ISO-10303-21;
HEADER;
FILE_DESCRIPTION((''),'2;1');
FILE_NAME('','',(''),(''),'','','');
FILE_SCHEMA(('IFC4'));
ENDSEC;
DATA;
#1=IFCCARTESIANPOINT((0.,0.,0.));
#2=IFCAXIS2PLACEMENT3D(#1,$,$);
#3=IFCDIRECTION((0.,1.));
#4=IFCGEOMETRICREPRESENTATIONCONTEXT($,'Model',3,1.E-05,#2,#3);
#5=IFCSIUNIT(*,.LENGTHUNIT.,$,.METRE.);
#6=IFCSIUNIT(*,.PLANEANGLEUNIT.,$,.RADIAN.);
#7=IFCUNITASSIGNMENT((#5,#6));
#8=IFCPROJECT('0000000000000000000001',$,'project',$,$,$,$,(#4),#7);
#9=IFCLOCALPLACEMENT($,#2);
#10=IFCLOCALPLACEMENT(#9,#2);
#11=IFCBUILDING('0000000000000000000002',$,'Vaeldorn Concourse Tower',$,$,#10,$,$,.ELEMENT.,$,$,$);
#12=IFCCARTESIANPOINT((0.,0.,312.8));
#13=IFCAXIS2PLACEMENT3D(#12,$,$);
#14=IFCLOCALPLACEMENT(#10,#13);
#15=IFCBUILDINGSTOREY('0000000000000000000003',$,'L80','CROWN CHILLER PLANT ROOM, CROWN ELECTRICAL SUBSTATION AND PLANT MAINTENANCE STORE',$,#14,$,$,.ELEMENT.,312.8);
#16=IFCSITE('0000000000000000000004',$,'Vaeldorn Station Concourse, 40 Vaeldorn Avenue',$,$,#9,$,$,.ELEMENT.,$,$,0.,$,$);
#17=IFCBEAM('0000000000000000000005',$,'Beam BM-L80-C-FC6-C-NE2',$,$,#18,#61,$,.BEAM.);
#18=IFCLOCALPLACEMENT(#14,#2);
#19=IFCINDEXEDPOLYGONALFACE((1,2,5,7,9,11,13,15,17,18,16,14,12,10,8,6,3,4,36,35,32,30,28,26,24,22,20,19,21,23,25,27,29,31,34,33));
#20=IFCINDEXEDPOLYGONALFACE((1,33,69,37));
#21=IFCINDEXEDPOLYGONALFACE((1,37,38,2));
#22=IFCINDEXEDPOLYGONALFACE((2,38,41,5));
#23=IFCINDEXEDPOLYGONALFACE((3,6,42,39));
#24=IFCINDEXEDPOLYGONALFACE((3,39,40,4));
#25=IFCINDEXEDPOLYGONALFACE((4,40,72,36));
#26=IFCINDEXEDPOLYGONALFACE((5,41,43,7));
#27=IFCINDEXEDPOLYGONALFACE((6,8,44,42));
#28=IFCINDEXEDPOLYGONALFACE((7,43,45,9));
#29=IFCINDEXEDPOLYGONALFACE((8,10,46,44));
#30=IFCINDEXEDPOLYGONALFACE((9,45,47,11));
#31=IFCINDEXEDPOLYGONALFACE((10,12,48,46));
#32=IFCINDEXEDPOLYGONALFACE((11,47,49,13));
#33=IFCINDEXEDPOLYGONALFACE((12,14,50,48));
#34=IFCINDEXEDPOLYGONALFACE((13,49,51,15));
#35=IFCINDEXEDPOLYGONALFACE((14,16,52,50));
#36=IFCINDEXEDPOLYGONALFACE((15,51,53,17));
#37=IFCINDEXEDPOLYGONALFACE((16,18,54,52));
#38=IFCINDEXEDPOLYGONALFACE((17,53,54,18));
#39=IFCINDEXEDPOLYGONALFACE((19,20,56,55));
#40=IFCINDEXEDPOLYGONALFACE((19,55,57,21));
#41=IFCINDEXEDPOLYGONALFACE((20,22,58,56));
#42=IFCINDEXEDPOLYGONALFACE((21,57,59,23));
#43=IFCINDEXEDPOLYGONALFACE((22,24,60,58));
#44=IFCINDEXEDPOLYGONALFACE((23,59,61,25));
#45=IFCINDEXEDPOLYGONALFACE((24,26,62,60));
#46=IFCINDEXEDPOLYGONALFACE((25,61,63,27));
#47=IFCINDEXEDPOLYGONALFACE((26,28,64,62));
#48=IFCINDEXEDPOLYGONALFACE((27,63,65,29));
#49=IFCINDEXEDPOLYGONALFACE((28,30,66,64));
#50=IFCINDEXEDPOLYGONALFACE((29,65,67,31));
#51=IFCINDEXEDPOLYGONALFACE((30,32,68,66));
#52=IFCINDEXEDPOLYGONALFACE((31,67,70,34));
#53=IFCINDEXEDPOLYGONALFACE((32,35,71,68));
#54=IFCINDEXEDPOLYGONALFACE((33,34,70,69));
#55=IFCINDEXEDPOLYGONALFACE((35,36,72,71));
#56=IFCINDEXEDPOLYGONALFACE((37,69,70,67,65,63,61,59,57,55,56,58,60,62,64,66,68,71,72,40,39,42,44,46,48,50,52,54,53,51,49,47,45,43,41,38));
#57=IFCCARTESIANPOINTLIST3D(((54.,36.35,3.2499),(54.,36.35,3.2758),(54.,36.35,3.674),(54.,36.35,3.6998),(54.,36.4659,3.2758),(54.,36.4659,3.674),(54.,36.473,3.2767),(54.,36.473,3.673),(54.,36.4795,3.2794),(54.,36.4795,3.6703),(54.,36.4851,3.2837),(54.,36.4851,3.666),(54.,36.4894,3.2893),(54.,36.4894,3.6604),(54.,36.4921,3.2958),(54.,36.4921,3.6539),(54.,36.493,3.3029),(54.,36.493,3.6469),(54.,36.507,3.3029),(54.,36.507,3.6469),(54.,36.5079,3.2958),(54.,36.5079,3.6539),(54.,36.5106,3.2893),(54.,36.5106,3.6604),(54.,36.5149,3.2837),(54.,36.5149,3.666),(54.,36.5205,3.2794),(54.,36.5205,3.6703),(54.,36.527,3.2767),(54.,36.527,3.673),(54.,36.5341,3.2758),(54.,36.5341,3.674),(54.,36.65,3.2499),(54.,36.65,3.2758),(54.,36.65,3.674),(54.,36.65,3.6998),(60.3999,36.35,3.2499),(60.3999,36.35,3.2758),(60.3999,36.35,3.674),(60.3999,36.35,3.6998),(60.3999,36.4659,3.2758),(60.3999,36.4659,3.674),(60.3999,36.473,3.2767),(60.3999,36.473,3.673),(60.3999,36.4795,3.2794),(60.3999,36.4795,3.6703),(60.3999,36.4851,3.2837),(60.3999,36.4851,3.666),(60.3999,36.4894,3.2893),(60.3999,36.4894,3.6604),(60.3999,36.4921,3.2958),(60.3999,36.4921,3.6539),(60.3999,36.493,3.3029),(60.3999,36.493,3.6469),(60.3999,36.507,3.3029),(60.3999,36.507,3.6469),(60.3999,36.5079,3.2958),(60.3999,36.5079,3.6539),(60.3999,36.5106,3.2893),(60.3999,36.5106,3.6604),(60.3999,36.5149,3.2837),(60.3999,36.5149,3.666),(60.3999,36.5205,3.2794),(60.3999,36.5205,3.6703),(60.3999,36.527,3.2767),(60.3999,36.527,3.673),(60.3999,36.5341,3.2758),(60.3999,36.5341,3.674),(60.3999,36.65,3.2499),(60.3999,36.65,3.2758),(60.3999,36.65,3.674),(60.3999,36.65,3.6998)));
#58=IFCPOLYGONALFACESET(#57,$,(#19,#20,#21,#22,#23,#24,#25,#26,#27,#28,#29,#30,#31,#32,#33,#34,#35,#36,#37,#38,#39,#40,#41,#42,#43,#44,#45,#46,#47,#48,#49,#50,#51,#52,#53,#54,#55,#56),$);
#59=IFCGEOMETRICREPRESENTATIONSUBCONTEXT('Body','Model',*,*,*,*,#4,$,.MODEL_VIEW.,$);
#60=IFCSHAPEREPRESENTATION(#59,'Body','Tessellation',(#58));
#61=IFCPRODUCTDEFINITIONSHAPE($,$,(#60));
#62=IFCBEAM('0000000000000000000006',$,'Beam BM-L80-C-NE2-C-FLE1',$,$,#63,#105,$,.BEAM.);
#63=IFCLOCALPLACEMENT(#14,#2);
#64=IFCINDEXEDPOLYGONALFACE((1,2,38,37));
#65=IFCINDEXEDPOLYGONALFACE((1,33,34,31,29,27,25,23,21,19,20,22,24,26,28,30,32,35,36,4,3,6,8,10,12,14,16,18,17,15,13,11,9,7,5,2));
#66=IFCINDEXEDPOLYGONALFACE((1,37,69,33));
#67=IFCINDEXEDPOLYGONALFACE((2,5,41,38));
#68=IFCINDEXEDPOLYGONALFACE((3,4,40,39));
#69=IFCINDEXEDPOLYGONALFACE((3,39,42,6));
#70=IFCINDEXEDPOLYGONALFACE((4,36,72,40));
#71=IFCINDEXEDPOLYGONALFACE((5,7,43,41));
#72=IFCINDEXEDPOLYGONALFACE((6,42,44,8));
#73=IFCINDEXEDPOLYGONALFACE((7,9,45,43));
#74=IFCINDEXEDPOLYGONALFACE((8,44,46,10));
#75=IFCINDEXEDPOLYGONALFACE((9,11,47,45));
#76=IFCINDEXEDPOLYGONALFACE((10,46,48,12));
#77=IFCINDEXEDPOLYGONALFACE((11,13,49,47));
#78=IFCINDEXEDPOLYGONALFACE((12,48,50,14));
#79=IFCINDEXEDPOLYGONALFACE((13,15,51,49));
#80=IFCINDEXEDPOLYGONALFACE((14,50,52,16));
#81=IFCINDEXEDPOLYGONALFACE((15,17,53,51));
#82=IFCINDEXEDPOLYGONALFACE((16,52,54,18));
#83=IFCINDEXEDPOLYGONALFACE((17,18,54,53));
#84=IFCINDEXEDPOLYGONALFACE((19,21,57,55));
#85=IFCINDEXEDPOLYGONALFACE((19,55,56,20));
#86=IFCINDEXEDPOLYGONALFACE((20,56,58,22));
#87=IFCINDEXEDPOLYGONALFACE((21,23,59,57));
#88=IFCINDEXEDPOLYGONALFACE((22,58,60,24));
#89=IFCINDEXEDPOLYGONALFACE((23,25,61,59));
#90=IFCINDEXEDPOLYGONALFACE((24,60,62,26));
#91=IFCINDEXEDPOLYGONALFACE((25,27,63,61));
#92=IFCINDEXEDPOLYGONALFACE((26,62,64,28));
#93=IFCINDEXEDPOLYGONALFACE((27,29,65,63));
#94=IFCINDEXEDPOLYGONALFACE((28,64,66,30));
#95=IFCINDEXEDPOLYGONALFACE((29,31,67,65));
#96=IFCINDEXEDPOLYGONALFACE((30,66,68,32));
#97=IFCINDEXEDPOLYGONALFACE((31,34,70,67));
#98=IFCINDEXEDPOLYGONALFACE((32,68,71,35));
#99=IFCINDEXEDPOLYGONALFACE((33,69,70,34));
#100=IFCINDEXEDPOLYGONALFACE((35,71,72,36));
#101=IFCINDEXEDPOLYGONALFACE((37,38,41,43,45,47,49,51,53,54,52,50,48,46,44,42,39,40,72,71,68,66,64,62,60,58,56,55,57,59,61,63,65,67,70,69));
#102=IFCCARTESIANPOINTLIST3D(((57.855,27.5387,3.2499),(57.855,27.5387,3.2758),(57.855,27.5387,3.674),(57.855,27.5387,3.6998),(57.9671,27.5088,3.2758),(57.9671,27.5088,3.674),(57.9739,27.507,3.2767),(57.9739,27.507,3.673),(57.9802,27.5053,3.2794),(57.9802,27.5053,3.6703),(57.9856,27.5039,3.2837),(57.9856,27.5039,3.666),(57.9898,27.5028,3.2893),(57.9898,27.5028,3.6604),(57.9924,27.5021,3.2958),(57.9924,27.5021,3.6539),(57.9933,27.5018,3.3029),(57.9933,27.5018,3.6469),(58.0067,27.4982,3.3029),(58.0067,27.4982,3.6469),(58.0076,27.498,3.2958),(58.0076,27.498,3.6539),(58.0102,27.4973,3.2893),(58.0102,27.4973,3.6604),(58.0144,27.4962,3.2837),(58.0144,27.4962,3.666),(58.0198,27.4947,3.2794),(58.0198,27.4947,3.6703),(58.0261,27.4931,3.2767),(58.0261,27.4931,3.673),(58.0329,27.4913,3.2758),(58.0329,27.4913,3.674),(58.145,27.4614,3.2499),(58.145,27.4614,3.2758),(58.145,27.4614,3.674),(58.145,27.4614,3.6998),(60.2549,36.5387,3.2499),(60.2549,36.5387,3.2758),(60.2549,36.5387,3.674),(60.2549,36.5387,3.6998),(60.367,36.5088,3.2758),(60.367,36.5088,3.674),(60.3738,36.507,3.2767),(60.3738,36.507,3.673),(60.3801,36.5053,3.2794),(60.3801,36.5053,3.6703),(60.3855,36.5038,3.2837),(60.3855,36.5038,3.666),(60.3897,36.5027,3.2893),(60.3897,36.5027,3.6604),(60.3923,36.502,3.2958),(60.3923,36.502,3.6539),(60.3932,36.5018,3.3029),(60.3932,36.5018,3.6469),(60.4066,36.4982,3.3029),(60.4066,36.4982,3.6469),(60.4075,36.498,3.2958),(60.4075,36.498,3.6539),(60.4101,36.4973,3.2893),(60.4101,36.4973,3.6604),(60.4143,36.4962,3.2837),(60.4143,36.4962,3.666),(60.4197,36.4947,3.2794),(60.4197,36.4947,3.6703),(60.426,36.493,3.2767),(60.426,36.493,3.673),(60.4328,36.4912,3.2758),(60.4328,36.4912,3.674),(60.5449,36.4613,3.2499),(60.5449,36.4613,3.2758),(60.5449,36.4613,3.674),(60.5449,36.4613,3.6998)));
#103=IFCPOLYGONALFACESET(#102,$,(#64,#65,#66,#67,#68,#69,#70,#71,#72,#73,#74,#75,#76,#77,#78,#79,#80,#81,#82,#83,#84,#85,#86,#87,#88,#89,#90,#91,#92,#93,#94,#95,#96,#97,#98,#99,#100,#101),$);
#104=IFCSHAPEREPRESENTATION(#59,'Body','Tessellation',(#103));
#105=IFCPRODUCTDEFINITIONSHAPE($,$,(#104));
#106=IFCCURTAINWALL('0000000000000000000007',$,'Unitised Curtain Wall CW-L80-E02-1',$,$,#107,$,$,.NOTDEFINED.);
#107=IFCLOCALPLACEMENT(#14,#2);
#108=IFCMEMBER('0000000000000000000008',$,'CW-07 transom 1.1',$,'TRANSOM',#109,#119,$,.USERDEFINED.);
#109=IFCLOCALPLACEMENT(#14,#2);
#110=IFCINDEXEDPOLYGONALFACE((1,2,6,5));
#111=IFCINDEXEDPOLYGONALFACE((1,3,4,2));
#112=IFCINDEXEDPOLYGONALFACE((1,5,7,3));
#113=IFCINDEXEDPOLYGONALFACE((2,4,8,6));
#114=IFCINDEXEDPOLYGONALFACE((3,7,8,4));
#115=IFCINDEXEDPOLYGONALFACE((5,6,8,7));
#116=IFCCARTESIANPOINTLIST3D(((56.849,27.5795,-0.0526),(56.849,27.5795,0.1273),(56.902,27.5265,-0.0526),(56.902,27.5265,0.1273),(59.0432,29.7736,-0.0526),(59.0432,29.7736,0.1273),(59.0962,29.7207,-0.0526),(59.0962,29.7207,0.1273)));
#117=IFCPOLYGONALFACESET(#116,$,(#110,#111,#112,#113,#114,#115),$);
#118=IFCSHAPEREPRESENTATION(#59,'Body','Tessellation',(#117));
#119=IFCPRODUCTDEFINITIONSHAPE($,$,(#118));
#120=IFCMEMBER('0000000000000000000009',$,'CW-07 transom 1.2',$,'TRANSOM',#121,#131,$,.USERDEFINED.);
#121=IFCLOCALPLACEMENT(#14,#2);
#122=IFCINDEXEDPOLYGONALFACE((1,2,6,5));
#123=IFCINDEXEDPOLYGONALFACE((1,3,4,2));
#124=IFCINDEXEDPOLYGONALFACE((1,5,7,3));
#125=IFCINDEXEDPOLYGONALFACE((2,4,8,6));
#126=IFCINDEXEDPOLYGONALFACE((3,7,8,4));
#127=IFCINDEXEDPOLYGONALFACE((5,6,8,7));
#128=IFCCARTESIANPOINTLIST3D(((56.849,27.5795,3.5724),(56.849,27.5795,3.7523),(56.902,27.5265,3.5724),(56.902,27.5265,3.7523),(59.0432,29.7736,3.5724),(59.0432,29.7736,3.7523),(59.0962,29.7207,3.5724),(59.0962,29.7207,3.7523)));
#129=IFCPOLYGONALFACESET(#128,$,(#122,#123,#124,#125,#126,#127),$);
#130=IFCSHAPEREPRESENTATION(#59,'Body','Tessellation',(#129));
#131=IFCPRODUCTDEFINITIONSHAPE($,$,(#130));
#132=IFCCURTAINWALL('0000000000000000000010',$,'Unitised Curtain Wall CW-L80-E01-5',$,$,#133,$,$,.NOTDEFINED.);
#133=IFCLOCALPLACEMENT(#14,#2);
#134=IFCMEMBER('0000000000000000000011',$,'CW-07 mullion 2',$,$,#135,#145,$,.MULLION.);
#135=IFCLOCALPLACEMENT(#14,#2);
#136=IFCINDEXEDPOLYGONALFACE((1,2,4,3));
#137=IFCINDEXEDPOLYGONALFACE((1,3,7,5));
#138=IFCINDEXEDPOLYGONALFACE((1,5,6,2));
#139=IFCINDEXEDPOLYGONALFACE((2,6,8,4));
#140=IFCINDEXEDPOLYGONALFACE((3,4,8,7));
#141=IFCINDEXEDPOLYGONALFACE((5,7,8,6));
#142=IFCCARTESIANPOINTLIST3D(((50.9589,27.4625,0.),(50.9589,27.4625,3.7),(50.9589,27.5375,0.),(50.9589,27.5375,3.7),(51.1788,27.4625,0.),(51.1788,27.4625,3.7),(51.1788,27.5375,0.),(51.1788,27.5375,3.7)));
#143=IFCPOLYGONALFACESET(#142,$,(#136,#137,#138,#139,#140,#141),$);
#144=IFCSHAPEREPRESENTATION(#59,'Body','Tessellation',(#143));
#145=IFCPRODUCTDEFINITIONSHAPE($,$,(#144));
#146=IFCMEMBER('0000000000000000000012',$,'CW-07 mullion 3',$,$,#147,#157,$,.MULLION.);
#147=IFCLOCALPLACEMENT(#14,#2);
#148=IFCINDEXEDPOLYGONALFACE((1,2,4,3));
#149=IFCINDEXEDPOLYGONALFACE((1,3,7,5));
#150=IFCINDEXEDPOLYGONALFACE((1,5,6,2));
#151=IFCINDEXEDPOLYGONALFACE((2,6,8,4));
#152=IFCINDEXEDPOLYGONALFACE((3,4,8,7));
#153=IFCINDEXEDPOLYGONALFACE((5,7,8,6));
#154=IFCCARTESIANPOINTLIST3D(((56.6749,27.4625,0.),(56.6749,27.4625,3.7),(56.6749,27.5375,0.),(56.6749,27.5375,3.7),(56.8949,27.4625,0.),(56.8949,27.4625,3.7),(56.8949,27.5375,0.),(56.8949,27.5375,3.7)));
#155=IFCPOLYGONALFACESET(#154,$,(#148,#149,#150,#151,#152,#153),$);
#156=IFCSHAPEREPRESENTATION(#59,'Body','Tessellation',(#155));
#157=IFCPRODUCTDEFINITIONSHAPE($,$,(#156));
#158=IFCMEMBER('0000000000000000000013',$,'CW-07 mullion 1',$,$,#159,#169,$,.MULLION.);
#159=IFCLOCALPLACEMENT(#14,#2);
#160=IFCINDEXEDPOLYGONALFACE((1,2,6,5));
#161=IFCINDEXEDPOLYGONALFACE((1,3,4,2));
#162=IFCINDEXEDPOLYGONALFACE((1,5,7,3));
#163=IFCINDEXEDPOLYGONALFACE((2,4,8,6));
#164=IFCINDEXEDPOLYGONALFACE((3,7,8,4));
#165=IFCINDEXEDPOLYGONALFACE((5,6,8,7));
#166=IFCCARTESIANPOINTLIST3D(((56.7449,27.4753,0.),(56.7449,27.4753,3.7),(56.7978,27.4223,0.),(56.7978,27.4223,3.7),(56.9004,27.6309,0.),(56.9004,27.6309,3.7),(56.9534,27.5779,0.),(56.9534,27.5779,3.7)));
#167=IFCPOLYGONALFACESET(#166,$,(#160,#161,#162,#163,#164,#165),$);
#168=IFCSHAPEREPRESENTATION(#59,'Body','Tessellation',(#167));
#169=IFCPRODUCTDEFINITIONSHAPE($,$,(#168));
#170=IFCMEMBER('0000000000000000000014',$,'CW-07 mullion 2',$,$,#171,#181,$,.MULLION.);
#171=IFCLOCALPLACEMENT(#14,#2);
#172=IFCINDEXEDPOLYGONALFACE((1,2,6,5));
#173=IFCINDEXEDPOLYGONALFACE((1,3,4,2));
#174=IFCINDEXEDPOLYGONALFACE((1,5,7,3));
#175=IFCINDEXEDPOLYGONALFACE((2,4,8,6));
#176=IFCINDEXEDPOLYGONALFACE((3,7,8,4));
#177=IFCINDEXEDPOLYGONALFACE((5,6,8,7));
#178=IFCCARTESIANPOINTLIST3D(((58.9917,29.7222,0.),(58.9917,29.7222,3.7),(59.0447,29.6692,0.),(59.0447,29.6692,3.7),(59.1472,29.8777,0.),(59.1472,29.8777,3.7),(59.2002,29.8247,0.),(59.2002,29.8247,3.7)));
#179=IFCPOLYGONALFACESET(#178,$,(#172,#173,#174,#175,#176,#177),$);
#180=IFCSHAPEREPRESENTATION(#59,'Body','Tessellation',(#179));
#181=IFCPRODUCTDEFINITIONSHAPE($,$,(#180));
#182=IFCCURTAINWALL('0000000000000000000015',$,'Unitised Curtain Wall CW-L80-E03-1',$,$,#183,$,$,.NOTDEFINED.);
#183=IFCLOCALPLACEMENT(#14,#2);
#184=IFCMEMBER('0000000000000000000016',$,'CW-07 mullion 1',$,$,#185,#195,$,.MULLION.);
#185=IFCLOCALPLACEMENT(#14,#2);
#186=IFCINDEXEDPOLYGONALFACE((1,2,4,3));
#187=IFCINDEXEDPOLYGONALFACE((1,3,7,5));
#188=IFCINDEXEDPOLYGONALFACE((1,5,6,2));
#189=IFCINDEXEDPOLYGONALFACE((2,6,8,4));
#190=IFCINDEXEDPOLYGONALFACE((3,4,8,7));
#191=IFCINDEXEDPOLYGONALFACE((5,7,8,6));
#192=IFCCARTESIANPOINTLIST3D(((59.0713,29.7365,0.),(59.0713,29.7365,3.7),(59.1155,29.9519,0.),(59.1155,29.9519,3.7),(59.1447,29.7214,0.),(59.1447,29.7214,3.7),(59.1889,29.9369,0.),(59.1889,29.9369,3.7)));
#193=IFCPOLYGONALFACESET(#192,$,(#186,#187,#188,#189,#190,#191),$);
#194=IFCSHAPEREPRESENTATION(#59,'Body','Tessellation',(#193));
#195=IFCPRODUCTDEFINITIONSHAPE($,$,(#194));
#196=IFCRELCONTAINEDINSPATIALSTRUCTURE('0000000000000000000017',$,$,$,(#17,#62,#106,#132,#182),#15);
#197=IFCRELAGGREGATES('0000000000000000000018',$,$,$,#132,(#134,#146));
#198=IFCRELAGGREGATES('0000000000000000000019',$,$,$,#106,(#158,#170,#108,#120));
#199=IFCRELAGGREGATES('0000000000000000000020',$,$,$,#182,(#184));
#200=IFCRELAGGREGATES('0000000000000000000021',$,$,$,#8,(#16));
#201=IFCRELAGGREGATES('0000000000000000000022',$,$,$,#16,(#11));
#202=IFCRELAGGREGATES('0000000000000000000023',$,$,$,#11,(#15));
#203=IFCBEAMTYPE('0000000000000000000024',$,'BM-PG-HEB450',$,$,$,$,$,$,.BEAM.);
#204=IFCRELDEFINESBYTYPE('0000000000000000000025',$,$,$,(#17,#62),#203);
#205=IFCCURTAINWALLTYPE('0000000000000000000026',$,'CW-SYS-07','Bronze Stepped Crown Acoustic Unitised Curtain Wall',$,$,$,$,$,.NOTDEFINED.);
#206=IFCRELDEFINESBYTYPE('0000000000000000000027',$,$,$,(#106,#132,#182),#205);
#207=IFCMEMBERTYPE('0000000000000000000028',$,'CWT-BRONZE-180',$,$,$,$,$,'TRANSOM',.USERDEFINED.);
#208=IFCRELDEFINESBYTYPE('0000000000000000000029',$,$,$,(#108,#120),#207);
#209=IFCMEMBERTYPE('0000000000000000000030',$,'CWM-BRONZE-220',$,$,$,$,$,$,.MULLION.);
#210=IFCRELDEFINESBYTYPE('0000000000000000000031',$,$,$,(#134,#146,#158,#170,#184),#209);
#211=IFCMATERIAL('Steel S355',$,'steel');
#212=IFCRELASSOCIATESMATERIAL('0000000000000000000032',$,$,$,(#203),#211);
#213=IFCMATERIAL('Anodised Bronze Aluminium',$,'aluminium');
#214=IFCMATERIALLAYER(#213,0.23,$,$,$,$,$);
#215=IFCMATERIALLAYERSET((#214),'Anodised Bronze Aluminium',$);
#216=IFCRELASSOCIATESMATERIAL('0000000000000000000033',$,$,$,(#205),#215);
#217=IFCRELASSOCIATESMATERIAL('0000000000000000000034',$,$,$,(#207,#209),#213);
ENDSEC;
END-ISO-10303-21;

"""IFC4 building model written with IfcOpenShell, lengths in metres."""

from ifc_helpers import new_model, si_unit, direction, frame, origin, origin_2d, place, context, subcontext, project, spatial, rectangle, i_section, extrude, source, transform, mapped, material, layer, layer_set, material_profile, profile_set, type_object, element, aggregate, save


model = new_model("IFC4")

# Units and contexts
model_context = context("Model", 3, precision=1e-05, world=origin(), true_north=direction((0.0, 1.0)))
body_context = subcontext(model_context, "Body", "Model", "MODEL_VIEW")
ifc_project = project(units=[si_unit("LENGTHUNIT", "METRE"), si_unit("PLANEANGLEUNIT", "RADIAN")], contexts=[model_context])

# Site, building, storey
site_placement = place(None, origin())
site = spatial("IfcSite", under=ifc_project, at=site_placement, Name="Vaeldorn Station Concourse, 40 Vaeldorn Avenue", CompositionType="ELEMENT", RefElevation=0.0)
building_placement = place(site_placement, origin())
building = spatial("IfcBuilding", under=site, at=building_placement, Name="Vaeldorn Concourse Tower", CompositionType="ELEMENT")
storey_placement = place(building_placement, frame((0.0, 0.0, 312.8)))
storey = spatial("IfcBuildingStorey", under=building, at=storey_placement, Name="L80", Description="CROWN CHILLER PLANT ROOM, CROWN ELECTRICAL SUBSTATION AND PLANT MAINTENANCE STORE", CompositionType="ELEMENT", Elevation=312.8)

# Shared definitions
ifc_material_1 = material(Name="Steel S355", Category="steel")

# Beams
ifc_material_profile_1 = material_profile(ifc_material_1, i_section(OverallWidth=0.3, OverallDepth=0.45, WebThickness=0.0139, FlangeThickness=0.0259, FilletRadius=0.0271, at=origin_2d()), Name="HEB 450")
ifc_profile_set_1 = profile_set([ifc_material_profile_1], Name="Steel S355")
beam_type = type_object("IfcBeamType", Name="BM-PG-HEB450", PredefinedType="BEAM", material=ifc_profile_set_1)
shared_shape_1 = source(origin(), body_context, "Body", "SweptSolid", [
    extrude(i_section(OverallWidth=0.3, OverallDepth=0.45, WebThickness=0.0139, FlangeThickness=0.0259, FilletRadius=0.0271, at=origin_2d()), origin(), (0.0, 0.0, 1.0), 6.3999),
])
beam_1_placement = place(storey_placement, frame((54.0, 36.5, 3.4749), z_axis=(1.0, 0.0, 0.0), x_axis=(0.0, 1.0, 0.0)))
element("IfcBeam", 1, at=beam_1_placement, inside=storey, type_object=beam_type, Name="Beam BM-L80-C-FC6-C-NE2", PredefinedType="BEAM", context=body_context, shape_type="MappedRepresentation", body=[
    mapped(shared_shape_1, transform((0.0, 0.0, 0.0), scale=1.0)),
])
shared_shape_2 = source(origin(), body_context, "Body", "SweptSolid", [
    extrude(i_section(OverallWidth=0.3, OverallDepth=0.45, WebThickness=0.0139, FlangeThickness=0.0259, FilletRadius=0.0271, at=origin_2d()), origin(), (0.0, 0.0, 1.0), 9.3145),
])
beam_2_placement = place(storey_placement, frame((60.3999, 36.5, 3.4749), z_axis=(-0.257653, -0.966238, 0.0), x_axis=(0.966238, -0.257653, 0.0)))
element("IfcBeam", 2, at=beam_2_placement, inside=storey, type_object=beam_type, Name="Beam BM-L80-C-NE2-C-FLE1", PredefinedType="BEAM", context=body_context, shape_type="MappedRepresentation", body=[
    mapped(shared_shape_2, transform((0.0, 0.0, 0.0), scale=1.0)),
])

# Curtain walls, members
ifc_material_2 = material(Name="Anodised Bronze Aluminium", Category="aluminium")
ifc_layer_1 = layer(ifc_material_2, 0.23)
ifc_layer_set_1 = layer_set([ifc_layer_1], Name="Anodised Bronze Aluminium")
curtain_wall_type = type_object("IfcCurtainWallType", Name="CW-SYS-07", Description="Bronze Stepped Crown Acoustic Unitised Curtain Wall", PredefinedType="NOTDEFINED", material=ifc_layer_set_1)
curtain_wall_1_placement = place(storey_placement, origin())
curtain_wall_1 = element("IfcCurtainWall", 3, at=curtain_wall_1_placement, inside=storey, type_object=curtain_wall_type, Name="Unitised Curtain Wall CW-L80-E02-1", PredefinedType="NOTDEFINED")
ifc_material_profile_2 = material_profile(ifc_material_2, rectangle(XDim=0.075, YDim=0.1799, at=origin_2d()), Name="CWT 75x180")
ifc_profile_set_2 = profile_set([ifc_material_profile_2], Name="Anodised Bronze Aluminium")
member_type_1 = type_object("IfcMemberType", Name="CWT-BRONZE-180", ElementType="TRANSOM", PredefinedType="USERDEFINED", material=ifc_profile_set_2)
shared_shape_3 = source(origin(), body_context, "Body", "SweptSolid", [
    extrude(rectangle(XDim=0.075, YDim=0.1799, at=origin_2d()), origin(), (0.0, 0.0, 1.0), 3.103),
])
member_1_placement = place(storey_placement, frame((56.8755, 27.553, 0.0374), z_axis=(0.707107, 0.707107, 0.0), x_axis=(-0.707107, 0.707107, 0.0)))
member_1 = element("IfcMember", 4, at=member_1_placement, type_object=member_type_1, Name="CW-07 transom 1.1", ObjectType="TRANSOM", PredefinedType="USERDEFINED", context=body_context, shape_type="MappedRepresentation", body=[
    mapped(shared_shape_3, transform((0.0, 0.0, 0.0), scale=1.0)),
])
member_2_placement = place(storey_placement, frame((56.8755, 27.553, 3.6624), z_axis=(0.707107, 0.707107, 0.0), x_axis=(-0.707107, 0.707107, 0.0)))
member_2 = element("IfcMember", 5, at=member_2_placement, type_object=member_type_1, Name="CW-07 transom 1.2", ObjectType="TRANSOM", PredefinedType="USERDEFINED", context=body_context, shape_type="MappedRepresentation", body=[
    mapped(shared_shape_3, transform((0.0, 0.0, 0.0), scale=1.0)),
])
curtain_wall_2_placement = place(storey_placement, origin())
curtain_wall_2 = element("IfcCurtainWall", 6, at=curtain_wall_2_placement, inside=storey, type_object=curtain_wall_type, Name="Unitised Curtain Wall CW-L80-E01-5", PredefinedType="NOTDEFINED")
ifc_material_profile_3 = material_profile(ifc_material_2, rectangle(XDim=0.075, YDim=0.22, at=origin_2d()), Name="CWM 75x220")
ifc_profile_set_3 = profile_set([ifc_material_profile_3], Name="Anodised Bronze Aluminium")
member_type_2 = type_object("IfcMemberType", Name="CWM-BRONZE-220", PredefinedType="MULLION", material=ifc_profile_set_3)
shared_shape_4 = source(origin(), body_context, "Body", "SweptSolid", [
    extrude(rectangle(XDim=0.075, YDim=0.22, at=origin_2d()), origin(), (0.0, 0.0, 1.0), 3.7),
])
member_3_placement = place(storey_placement, frame((51.0688, 27.5, 0.0), z_axis=(0.0, 0.0, 1.0), x_axis=(0.0, 1.0, 0.0)))
member_3 = element("IfcMember", 7, at=member_3_placement, type_object=member_type_2, Name="CW-07 mullion 2", PredefinedType="MULLION", context=body_context, shape_type="MappedRepresentation", body=[
    mapped(shared_shape_4, transform((0.0, 0.0, 0.0), scale=1.0)),
])
member_4_placement = place(storey_placement, frame((56.7849, 27.5, 0.0), z_axis=(0.0, 0.0, 1.0), x_axis=(0.0, 1.0, 0.0)))
member_4 = element("IfcMember", 8, at=member_4_placement, type_object=member_type_2, Name="CW-07 mullion 3", PredefinedType="MULLION", context=body_context, shape_type="MappedRepresentation", body=[
    mapped(shared_shape_4, transform((0.0, 0.0, 0.0), scale=1.0)),
])

# Members
member_5_placement = place(storey_placement, frame((56.8491, 27.5266, 0.0), z_axis=(0.0, 0.0, 1.0), x_axis=(-0.707107, 0.707107, 0.0)))
member_5 = element("IfcMember", 9, at=member_5_placement, type_object=member_type_2, Name="CW-07 mullion 1", PredefinedType="MULLION", context=body_context, shape_type="MappedRepresentation", body=[
    mapped(shared_shape_4, transform((0.0, 0.0, 0.0), scale=1.0)),
])
member_6_placement = place(storey_placement, frame((59.0959, 29.7734, 0.0), z_axis=(0.0, 0.0, 1.0), x_axis=(-0.707107, 0.707107, 0.0)))
member_6 = element("IfcMember", 10, at=member_6_placement, type_object=member_type_2, Name="CW-07 mullion 2", PredefinedType="MULLION", context=body_context, shape_type="MappedRepresentation", body=[
    mapped(shared_shape_4, transform((0.0, 0.0, 0.0), scale=1.0)),
])

# Curtain wall, member
curtain_wall_3_placement = place(storey_placement, origin())
curtain_wall_3 = element("IfcCurtainWall", 11, at=curtain_wall_3_placement, inside=storey, type_object=curtain_wall_type, Name="Unitised Curtain Wall CW-L80-E03-1", PredefinedType="NOTDEFINED")
member_7_placement = place(storey_placement, frame((59.1301, 29.8367, 0.0), z_axis=(0.0, 0.0, 1.0), x_axis=(-0.979598, 0.200967, 0.0)))
member_7 = element("IfcMember", 12, at=member_7_placement, type_object=member_type_2, Name="CW-07 mullion 1", PredefinedType="MULLION", context=body_context, shape_type="MappedRepresentation", body=[
    mapped(shared_shape_4, transform((0.0, 0.0, 0.0), scale=1.0)),
])

aggregate(curtain_wall_2, [member_3, member_4])
aggregate(curtain_wall_1, [member_5, member_6, member_1, member_2])
aggregate(curtain_wall_3, [member_7])

save(model, "model.ifc")
